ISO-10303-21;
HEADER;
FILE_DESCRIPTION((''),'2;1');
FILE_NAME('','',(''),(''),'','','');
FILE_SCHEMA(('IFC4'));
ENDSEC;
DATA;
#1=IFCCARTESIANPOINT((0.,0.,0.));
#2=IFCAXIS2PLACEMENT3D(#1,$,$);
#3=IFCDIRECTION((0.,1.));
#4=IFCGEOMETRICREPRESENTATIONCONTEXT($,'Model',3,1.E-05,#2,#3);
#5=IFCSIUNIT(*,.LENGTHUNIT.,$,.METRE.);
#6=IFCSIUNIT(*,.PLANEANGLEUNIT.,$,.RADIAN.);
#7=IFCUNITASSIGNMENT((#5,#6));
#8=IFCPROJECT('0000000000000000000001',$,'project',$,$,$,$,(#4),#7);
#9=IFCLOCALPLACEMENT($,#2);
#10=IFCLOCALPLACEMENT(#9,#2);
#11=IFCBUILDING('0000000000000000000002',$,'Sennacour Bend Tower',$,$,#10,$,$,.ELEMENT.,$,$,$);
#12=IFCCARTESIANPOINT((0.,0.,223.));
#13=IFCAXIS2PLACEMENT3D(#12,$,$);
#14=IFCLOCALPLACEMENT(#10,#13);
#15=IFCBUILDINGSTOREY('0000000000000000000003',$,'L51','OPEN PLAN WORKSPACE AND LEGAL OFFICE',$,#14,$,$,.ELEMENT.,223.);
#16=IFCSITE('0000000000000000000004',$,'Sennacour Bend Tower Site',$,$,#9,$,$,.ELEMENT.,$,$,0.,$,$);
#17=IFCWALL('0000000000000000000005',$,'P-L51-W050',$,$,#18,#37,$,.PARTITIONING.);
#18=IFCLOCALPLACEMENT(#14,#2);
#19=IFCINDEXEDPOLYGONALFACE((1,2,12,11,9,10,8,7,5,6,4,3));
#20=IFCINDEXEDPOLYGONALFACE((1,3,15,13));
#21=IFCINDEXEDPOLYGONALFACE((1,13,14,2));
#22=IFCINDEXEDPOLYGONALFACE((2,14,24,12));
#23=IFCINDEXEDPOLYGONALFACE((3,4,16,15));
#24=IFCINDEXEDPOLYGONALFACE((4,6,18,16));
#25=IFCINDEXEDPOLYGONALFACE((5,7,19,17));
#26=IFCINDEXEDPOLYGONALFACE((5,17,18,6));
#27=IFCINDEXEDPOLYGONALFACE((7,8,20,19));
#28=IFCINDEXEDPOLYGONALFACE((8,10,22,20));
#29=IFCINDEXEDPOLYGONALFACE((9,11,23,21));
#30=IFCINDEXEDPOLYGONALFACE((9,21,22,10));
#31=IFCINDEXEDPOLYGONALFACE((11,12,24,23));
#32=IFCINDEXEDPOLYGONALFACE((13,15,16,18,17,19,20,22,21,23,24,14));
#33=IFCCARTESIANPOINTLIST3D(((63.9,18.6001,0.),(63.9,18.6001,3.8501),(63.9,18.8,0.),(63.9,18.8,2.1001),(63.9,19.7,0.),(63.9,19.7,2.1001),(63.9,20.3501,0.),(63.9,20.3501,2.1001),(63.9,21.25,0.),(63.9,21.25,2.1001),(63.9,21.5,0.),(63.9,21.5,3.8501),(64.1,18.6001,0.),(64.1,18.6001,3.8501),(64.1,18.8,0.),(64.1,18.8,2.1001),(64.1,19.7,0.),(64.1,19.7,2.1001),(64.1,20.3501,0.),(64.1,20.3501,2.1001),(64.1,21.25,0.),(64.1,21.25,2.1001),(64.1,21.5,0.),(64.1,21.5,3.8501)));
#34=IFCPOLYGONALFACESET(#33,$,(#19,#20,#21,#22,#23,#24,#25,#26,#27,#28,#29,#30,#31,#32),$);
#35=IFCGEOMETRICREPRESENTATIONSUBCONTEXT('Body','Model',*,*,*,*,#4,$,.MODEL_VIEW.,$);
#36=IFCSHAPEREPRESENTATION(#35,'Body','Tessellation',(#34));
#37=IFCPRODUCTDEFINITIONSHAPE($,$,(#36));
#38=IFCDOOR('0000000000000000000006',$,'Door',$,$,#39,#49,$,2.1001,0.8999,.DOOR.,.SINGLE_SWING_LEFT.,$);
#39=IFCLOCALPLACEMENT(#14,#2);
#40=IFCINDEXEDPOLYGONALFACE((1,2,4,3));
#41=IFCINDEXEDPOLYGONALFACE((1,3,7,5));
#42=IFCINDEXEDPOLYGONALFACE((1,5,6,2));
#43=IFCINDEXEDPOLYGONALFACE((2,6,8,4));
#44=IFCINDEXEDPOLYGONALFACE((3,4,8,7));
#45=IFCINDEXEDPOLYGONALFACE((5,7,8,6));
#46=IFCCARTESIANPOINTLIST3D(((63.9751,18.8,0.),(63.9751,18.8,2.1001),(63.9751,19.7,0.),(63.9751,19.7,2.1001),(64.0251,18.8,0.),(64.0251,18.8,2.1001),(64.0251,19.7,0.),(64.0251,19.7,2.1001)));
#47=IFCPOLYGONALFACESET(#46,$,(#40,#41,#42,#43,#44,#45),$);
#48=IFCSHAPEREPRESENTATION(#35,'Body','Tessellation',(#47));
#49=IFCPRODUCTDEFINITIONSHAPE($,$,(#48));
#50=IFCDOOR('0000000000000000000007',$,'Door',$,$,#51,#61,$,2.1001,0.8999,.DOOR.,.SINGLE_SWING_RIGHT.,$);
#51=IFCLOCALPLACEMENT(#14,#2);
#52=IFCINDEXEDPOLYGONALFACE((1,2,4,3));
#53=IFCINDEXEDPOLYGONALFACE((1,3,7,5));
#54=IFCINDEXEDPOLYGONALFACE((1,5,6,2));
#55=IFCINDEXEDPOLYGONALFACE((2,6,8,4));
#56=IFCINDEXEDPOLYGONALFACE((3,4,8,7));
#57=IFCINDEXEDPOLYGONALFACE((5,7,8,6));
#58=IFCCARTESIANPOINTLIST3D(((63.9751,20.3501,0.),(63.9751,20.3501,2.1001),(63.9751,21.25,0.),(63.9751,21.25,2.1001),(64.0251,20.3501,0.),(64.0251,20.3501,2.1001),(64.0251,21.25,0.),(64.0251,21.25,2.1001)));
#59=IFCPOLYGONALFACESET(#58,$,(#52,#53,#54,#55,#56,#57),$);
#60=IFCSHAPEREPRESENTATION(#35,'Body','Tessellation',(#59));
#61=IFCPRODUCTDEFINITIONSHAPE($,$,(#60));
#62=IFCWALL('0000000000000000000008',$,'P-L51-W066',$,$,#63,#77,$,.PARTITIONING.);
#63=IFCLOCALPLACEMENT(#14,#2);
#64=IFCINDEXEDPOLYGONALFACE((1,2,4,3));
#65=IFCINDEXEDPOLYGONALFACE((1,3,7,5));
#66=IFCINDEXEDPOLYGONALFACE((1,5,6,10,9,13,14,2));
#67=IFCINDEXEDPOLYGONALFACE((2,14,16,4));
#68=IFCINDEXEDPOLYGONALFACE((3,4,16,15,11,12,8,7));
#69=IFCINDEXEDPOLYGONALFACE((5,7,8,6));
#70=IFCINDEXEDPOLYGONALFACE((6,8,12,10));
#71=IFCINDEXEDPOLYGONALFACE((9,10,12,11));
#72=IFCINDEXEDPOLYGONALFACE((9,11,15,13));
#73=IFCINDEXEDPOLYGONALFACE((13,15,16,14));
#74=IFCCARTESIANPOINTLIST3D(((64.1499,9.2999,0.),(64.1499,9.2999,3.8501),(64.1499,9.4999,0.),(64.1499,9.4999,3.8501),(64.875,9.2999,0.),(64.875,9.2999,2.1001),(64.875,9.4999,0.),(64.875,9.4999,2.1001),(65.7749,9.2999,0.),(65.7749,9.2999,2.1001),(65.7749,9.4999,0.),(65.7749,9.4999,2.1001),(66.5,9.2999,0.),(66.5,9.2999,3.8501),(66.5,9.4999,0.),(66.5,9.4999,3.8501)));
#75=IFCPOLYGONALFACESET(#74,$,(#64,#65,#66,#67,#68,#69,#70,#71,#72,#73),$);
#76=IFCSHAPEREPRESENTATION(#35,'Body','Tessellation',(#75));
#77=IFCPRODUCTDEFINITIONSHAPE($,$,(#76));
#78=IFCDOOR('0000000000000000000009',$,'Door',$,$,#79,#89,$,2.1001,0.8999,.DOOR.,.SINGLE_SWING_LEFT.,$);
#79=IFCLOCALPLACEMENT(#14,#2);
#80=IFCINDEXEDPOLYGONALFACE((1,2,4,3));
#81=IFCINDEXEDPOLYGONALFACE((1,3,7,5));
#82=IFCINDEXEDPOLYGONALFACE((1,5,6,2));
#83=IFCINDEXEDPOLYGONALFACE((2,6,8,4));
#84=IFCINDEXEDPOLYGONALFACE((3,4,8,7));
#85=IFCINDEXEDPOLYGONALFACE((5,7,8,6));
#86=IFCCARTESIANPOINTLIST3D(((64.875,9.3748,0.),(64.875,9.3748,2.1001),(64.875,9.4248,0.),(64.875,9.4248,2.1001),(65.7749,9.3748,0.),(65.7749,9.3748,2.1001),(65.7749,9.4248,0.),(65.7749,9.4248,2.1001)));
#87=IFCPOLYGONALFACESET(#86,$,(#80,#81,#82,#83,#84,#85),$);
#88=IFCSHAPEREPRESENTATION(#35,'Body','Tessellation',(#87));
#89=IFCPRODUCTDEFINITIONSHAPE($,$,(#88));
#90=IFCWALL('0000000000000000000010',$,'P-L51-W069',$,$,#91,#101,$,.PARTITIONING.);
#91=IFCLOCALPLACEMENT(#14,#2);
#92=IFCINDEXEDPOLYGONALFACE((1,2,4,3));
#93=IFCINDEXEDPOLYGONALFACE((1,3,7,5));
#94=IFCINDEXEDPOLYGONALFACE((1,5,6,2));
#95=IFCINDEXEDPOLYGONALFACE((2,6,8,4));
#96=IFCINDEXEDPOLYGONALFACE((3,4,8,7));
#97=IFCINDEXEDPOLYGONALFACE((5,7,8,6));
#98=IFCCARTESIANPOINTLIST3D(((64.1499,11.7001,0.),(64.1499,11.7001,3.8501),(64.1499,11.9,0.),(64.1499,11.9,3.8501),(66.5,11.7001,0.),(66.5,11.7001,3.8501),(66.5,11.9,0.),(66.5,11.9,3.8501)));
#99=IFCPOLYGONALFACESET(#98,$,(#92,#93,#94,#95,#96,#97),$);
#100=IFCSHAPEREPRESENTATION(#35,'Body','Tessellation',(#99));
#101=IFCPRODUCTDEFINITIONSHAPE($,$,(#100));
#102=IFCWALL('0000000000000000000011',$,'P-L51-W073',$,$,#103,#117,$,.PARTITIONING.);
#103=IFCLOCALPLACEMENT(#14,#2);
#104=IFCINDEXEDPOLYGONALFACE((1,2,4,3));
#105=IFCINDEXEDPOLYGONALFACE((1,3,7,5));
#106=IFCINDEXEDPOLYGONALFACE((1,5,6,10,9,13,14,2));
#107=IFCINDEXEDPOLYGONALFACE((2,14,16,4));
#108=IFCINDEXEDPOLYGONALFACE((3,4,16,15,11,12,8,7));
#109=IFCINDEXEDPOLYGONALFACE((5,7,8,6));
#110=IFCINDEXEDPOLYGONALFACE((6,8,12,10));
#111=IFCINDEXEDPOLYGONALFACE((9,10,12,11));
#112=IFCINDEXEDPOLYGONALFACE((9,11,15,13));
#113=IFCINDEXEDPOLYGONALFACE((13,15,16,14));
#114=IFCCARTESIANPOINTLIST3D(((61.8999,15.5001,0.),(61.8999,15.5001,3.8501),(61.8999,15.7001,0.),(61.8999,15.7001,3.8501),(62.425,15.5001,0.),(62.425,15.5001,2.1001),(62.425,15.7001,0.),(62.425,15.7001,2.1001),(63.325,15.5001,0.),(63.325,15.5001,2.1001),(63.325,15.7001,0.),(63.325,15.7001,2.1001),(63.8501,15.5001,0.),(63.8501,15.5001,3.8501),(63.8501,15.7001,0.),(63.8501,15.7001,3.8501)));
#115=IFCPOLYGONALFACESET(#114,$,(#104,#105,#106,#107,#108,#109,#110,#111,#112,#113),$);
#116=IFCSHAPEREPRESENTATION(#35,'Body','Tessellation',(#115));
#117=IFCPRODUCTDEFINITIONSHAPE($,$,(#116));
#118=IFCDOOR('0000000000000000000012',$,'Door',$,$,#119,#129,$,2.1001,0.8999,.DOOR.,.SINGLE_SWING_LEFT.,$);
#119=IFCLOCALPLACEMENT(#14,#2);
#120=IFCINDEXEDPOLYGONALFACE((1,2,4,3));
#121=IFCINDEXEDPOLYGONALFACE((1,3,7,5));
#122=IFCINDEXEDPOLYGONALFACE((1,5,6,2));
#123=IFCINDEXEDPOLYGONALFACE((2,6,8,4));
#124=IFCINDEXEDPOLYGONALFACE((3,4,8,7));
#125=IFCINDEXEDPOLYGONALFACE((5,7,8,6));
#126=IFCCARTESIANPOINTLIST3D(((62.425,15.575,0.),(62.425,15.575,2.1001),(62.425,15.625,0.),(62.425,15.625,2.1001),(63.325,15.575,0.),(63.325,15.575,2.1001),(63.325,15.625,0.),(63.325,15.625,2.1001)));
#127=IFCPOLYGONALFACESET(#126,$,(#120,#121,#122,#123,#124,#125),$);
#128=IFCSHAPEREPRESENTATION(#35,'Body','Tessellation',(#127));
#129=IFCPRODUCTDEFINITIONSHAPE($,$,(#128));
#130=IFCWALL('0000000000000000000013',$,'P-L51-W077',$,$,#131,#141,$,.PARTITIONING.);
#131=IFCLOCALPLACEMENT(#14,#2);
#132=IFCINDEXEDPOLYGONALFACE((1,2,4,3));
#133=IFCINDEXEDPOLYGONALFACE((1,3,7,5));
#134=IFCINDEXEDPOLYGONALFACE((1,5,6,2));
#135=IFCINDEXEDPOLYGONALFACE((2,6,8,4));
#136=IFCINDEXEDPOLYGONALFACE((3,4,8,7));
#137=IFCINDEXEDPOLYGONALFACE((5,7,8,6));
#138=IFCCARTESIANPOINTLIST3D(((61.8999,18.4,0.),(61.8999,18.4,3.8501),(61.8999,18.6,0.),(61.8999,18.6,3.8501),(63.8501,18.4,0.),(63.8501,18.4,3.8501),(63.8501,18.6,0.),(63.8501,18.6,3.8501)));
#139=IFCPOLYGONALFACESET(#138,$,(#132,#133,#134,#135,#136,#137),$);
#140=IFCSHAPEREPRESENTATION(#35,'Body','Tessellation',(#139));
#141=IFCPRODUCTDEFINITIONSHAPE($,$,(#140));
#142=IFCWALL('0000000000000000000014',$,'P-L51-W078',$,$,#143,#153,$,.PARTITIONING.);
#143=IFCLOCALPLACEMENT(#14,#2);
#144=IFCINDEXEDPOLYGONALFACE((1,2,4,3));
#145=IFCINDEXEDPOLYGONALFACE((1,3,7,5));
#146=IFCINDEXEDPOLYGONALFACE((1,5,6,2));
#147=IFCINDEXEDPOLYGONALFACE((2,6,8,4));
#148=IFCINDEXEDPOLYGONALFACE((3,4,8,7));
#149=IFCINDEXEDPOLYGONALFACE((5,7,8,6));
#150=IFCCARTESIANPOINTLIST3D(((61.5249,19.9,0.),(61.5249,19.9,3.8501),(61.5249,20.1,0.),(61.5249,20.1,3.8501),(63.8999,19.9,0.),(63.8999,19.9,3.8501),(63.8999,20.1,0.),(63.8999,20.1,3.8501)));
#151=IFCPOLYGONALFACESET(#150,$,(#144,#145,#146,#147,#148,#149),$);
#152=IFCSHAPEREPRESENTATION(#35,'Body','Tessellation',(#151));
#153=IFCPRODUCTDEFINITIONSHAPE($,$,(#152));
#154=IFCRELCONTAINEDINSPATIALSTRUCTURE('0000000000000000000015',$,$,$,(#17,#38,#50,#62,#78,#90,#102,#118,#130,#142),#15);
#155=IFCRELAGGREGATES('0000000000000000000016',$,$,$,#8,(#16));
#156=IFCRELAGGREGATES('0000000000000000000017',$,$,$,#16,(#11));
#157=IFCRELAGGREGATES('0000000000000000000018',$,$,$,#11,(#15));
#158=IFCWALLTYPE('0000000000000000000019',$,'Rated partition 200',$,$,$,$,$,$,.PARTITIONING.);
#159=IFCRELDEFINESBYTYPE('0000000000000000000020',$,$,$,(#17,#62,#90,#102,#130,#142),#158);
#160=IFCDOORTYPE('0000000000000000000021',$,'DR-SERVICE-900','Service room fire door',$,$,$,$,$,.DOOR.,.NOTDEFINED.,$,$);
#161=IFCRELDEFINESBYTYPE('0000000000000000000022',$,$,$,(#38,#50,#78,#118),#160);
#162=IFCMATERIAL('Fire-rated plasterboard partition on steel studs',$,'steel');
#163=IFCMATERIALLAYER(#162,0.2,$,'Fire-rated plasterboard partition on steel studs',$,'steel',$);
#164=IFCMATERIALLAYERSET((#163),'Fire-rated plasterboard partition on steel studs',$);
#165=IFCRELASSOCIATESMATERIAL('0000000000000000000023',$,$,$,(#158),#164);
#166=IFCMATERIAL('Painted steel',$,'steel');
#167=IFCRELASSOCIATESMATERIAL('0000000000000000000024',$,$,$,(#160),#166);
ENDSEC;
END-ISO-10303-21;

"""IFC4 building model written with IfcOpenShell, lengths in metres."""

from ifc_helpers import new_model, si_unit, direction, frame, frame_2d, origin, place, context, subcontext, project, spatial, rectangle, extrude, material, layer, layer_set, type_object, element, fill, save


model = new_model("IFC4")

# Units and contexts
model_context = context("Model", 3, precision=1e-05, world=origin(), true_north=direction((0.0, 1.0)))
body_context = subcontext(model_context, "Body", "Model", "MODEL_VIEW")
ifc_project = project(units=[si_unit("LENGTHUNIT", "METRE"), si_unit("PLANEANGLEUNIT", "RADIAN")], contexts=[model_context])

# Site, building, storey
site_placement = place(None, origin())
site = spatial("IfcSite", under=ifc_project, at=site_placement, Name="Sennacour Bend Tower Site", CompositionType="ELEMENT", RefElevation=0.0)
building_placement = place(site_placement, origin())
building = spatial("IfcBuilding", under=site, at=building_placement, Name="Sennacour Bend Tower", CompositionType="ELEMENT")
storey_placement = place(building_placement, frame((0.0, 0.0, 223.0)))
storey = spatial("IfcBuildingStorey", under=building, at=storey_placement, Name="L51", Description="OPEN PLAN WORKSPACE AND LEGAL OFFICE", CompositionType="ELEMENT", Elevation=223.0)

# Wall, openings, doors
ifc_material_1 = material(Name="Fire-rated plasterboard partition on steel studs", Category="steel")
ifc_layer_1 = layer(ifc_material_1, 0.2, Name="Fire-rated plasterboard partition on steel studs", Category="steel")
ifc_layer_set_1 = layer_set([ifc_layer_1], Name="Fire-rated plasterboard partition on steel studs")
wall_type_1 = type_object("IfcWallType", Name="Rated partition 200", PredefinedType="PARTITIONING", material=ifc_layer_set_1)
wall_1_placement = place(storey_placement, frame((64.0, 18.6001, 0.0), z_axis=(0.0, 0.0, 1.0), x_axis=(0.0, 1.0, 0.0)))
wall_1 = element("IfcWall", 1, at=wall_1_placement, inside=storey, type_object=wall_type_1, Name="P-L51-W050", PredefinedType="PARTITIONING", context=body_context, shape_type="SweptSolid", body=[
    extrude(rectangle(XDim=2.8999, YDim=0.2, at=frame_2d((1.45, 0.0))), origin(), (0.0, 0.0, 1.0), 3.8501),
])
opening_1_placement = place(wall_1_placement, frame((0.2, 0.0, 0.0)))
opening_1 = element("IfcOpeningElement", 2, at=opening_1_placement, cuts=wall_1, PredefinedType="OPENING", context=body_context, shape_type="SweptSolid", body=[
    extrude(rectangle(XDim=0.8999, YDim=2.1001, at=frame_2d((0.45, 1.05))), frame((0.0, 0.1099, 0.0), z_axis=(0.0, -1.0, 0.0), x_axis=(1.0, 0.0, 0.0)), (0.0, 0.0, 1.0), 0.22),
])
opening_2_placement = place(wall_1_placement, frame((1.75, 0.0, 0.0)))
opening_2 = element("IfcOpeningElement", 3, at=opening_2_placement, cuts=wall_1, PredefinedType="OPENING", context=body_context, shape_type="SweptSolid", body=[
    extrude(rectangle(XDim=0.8999, YDim=2.1001, at=frame_2d((0.45, 1.05))), frame((0.0, 0.1099, 0.0), z_axis=(0.0, -1.0, 0.0), x_axis=(1.0, 0.0, 0.0)), (0.0, 0.0, 1.0), 0.22),
])
ifc_material_2 = material(Name="Painted steel", Category="steel")
door_type_1 = type_object("IfcDoorType", Name="DR-SERVICE-900", Description="Service room fire door", OperationType="NOTDEFINED", PredefinedType="DOOR", material=ifc_material_2)
door_1_placement = place(opening_1_placement, origin())
door_1 = element("IfcDoor", 4, at=door_1_placement, inside=storey, type_object=door_type_1, Name="Door", OperationType="SINGLE_SWING_LEFT", OverallHeight=2.1001, OverallWidth=0.8999, PredefinedType="DOOR", context=body_context, shape_type="SweptSolid", body=[
    extrude(rectangle(XDim=0.8999, YDim=2.1001, at=frame_2d((0.45, 1.05))), frame((0.0, 0.0249, 0.0), z_axis=(0.0, -1.0, 0.0), x_axis=(1.0, 0.0, 0.0)), (0.0, 0.0, 1.0), 0.05),
])
fill(opening_1, door_1)
door_2_placement = place(opening_2_placement, origin())
door_2 = element("IfcDoor", 5, at=door_2_placement, inside=storey, type_object=door_type_1, Name="Door", OperationType="SINGLE_SWING_RIGHT", OverallHeight=2.1001, OverallWidth=0.8999, PredefinedType="DOOR", context=body_context, shape_type="SweptSolid", body=[
    extrude(rectangle(XDim=0.8999, YDim=2.1001, at=frame_2d((0.45, 1.05))), frame((0.0, 0.0249, 0.0), z_axis=(0.0, -1.0, 0.0), x_axis=(1.0, 0.0, 0.0)), (0.0, 0.0, 1.0), 0.05),
])
fill(opening_2, door_2)

# Wall, opening, door
wall_2_placement = place(storey_placement, frame((64.1499, 9.3999, 0.0), z_axis=(0.0, 0.0, 1.0), x_axis=(1.0, 0.0, 0.0)))
wall_2 = element("IfcWall", 6, at=wall_2_placement, inside=storey, type_object=wall_type_1, Name="P-L51-W066", PredefinedType="PARTITIONING", context=body_context, shape_type="SweptSolid", body=[
    extrude(rectangle(XDim=2.3501, YDim=0.2, at=frame_2d((1.175, 0.0))), origin(), (0.0, 0.0, 1.0), 3.8501),
])
opening_3_placement = place(wall_2_placement, frame((0.7251, 0.0, 0.0)))
opening_3 = element("IfcOpeningElement", 7, at=opening_3_placement, cuts=wall_2, PredefinedType="OPENING", context=body_context, shape_type="SweptSolid", body=[
    extrude(rectangle(XDim=0.8999, YDim=2.1001, at=frame_2d((0.45, 1.05))), frame((0.0, 0.1099, 0.0), z_axis=(0.0, -1.0, 0.0), x_axis=(1.0, 0.0, 0.0)), (0.0, 0.0, 1.0), 0.22),
])
door_3_placement = place(opening_3_placement, origin())
door_3 = element("IfcDoor", 8, at=door_3_placement, inside=storey, type_object=door_type_1, Name="Door", OperationType="SINGLE_SWING_LEFT", OverallHeight=2.1001, OverallWidth=0.8999, PredefinedType="DOOR", context=body_context, shape_type="SweptSolid", body=[
    extrude(rectangle(XDim=0.8999, YDim=2.1001, at=frame_2d((0.45, 1.05))), frame((0.0, 0.0249, 0.0), z_axis=(0.0, -1.0, 0.0), x_axis=(1.0, 0.0, 0.0)), (0.0, 0.0, 1.0), 0.05),
])
fill(opening_3, door_3)

# Wall
wall_3_placement = place(storey_placement, frame((64.1499, 11.8, 0.0), z_axis=(0.0, 0.0, 1.0), x_axis=(1.0, 0.0, 0.0)))
element("IfcWall", 9, at=wall_3_placement, inside=storey, type_object=wall_type_1, Name="P-L51-W069", PredefinedType="PARTITIONING", context=body_context, shape_type="SweptSolid", body=[
    extrude(rectangle(XDim=2.3501, YDim=0.2, at=frame_2d((1.175, 0.0))), origin(), (0.0, 0.0, 1.0), 3.8501),
])

# Wall, opening, door
wall_4_placement = place(storey_placement, frame((61.8999, 15.6001, 0.0), z_axis=(0.0, 0.0, 1.0), x_axis=(1.0, 0.0, 0.0)))
wall_4 = element("IfcWall", 10, at=wall_4_placement, inside=storey, type_object=wall_type_1, Name="P-L51-W073", PredefinedType="PARTITIONING", context=body_context, shape_type="SweptSolid", body=[
    extrude(rectangle(XDim=1.9502, YDim=0.2, at=frame_2d((0.9751, 0.0))), origin(), (0.0, 0.0, 1.0), 3.8501),
])
opening_4_placement = place(wall_4_placement, frame((0.5251, 0.0, 0.0)))
opening_4 = element("IfcOpeningElement", 11, at=opening_4_placement, cuts=wall_4, PredefinedType="OPENING", context=body_context, shape_type="SweptSolid", body=[
    extrude(rectangle(XDim=0.8999, YDim=2.1001, at=frame_2d((0.45, 1.05))), frame((0.0, 0.1099, 0.0), z_axis=(0.0, -1.0, 0.0), x_axis=(1.0, 0.0, 0.0)), (0.0, 0.0, 1.0), 0.22),
])
door_4_placement = place(opening_4_placement, origin())
door_4 = element("IfcDoor", 12, at=door_4_placement, inside=storey, type_object=door_type_1, Name="Door", OperationType="SINGLE_SWING_LEFT", OverallHeight=2.1001, OverallWidth=0.8999, PredefinedType="DOOR", context=body_context, shape_type="SweptSolid", body=[
    extrude(rectangle(XDim=0.8999, YDim=2.1001, at=frame_2d((0.45, 1.05))), frame((0.0, 0.0249, 0.0), z_axis=(0.0, -1.0, 0.0), x_axis=(1.0, 0.0, 0.0)), (0.0, 0.0, 1.0), 0.05),
])
fill(opening_4, door_4)

# Walls
wall_5_placement = place(storey_placement, frame((61.8999, 18.5, 0.0), z_axis=(0.0, 0.0, 1.0), x_axis=(1.0, 0.0, 0.0)))
element("IfcWall", 13, at=wall_5_placement, inside=storey, type_object=wall_type_1, Name="P-L51-W077", PredefinedType="PARTITIONING", context=body_context, shape_type="SweptSolid", body=[
    extrude(rectangle(XDim=1.9502, YDim=0.2, at=frame_2d((0.9751, 0.0))), origin(), (0.0, 0.0, 1.0), 3.8501),
])
wall_6_placement = place(storey_placement, frame((61.5249, 20.0, 0.0), z_axis=(0.0, 0.0, 1.0), x_axis=(1.0, 0.0, 0.0)))
element("IfcWall", 14, at=wall_6_placement, inside=storey, type_object=wall_type_1, Name="P-L51-W078", PredefinedType="PARTITIONING", context=body_context, shape_type="SweptSolid", body=[
    extrude(rectangle(XDim=2.375, YDim=0.2, at=frame_2d((1.1875, 0.0))), origin(), (0.0, 0.0, 1.0), 3.8501),
])

save(model, "model.ifc")
